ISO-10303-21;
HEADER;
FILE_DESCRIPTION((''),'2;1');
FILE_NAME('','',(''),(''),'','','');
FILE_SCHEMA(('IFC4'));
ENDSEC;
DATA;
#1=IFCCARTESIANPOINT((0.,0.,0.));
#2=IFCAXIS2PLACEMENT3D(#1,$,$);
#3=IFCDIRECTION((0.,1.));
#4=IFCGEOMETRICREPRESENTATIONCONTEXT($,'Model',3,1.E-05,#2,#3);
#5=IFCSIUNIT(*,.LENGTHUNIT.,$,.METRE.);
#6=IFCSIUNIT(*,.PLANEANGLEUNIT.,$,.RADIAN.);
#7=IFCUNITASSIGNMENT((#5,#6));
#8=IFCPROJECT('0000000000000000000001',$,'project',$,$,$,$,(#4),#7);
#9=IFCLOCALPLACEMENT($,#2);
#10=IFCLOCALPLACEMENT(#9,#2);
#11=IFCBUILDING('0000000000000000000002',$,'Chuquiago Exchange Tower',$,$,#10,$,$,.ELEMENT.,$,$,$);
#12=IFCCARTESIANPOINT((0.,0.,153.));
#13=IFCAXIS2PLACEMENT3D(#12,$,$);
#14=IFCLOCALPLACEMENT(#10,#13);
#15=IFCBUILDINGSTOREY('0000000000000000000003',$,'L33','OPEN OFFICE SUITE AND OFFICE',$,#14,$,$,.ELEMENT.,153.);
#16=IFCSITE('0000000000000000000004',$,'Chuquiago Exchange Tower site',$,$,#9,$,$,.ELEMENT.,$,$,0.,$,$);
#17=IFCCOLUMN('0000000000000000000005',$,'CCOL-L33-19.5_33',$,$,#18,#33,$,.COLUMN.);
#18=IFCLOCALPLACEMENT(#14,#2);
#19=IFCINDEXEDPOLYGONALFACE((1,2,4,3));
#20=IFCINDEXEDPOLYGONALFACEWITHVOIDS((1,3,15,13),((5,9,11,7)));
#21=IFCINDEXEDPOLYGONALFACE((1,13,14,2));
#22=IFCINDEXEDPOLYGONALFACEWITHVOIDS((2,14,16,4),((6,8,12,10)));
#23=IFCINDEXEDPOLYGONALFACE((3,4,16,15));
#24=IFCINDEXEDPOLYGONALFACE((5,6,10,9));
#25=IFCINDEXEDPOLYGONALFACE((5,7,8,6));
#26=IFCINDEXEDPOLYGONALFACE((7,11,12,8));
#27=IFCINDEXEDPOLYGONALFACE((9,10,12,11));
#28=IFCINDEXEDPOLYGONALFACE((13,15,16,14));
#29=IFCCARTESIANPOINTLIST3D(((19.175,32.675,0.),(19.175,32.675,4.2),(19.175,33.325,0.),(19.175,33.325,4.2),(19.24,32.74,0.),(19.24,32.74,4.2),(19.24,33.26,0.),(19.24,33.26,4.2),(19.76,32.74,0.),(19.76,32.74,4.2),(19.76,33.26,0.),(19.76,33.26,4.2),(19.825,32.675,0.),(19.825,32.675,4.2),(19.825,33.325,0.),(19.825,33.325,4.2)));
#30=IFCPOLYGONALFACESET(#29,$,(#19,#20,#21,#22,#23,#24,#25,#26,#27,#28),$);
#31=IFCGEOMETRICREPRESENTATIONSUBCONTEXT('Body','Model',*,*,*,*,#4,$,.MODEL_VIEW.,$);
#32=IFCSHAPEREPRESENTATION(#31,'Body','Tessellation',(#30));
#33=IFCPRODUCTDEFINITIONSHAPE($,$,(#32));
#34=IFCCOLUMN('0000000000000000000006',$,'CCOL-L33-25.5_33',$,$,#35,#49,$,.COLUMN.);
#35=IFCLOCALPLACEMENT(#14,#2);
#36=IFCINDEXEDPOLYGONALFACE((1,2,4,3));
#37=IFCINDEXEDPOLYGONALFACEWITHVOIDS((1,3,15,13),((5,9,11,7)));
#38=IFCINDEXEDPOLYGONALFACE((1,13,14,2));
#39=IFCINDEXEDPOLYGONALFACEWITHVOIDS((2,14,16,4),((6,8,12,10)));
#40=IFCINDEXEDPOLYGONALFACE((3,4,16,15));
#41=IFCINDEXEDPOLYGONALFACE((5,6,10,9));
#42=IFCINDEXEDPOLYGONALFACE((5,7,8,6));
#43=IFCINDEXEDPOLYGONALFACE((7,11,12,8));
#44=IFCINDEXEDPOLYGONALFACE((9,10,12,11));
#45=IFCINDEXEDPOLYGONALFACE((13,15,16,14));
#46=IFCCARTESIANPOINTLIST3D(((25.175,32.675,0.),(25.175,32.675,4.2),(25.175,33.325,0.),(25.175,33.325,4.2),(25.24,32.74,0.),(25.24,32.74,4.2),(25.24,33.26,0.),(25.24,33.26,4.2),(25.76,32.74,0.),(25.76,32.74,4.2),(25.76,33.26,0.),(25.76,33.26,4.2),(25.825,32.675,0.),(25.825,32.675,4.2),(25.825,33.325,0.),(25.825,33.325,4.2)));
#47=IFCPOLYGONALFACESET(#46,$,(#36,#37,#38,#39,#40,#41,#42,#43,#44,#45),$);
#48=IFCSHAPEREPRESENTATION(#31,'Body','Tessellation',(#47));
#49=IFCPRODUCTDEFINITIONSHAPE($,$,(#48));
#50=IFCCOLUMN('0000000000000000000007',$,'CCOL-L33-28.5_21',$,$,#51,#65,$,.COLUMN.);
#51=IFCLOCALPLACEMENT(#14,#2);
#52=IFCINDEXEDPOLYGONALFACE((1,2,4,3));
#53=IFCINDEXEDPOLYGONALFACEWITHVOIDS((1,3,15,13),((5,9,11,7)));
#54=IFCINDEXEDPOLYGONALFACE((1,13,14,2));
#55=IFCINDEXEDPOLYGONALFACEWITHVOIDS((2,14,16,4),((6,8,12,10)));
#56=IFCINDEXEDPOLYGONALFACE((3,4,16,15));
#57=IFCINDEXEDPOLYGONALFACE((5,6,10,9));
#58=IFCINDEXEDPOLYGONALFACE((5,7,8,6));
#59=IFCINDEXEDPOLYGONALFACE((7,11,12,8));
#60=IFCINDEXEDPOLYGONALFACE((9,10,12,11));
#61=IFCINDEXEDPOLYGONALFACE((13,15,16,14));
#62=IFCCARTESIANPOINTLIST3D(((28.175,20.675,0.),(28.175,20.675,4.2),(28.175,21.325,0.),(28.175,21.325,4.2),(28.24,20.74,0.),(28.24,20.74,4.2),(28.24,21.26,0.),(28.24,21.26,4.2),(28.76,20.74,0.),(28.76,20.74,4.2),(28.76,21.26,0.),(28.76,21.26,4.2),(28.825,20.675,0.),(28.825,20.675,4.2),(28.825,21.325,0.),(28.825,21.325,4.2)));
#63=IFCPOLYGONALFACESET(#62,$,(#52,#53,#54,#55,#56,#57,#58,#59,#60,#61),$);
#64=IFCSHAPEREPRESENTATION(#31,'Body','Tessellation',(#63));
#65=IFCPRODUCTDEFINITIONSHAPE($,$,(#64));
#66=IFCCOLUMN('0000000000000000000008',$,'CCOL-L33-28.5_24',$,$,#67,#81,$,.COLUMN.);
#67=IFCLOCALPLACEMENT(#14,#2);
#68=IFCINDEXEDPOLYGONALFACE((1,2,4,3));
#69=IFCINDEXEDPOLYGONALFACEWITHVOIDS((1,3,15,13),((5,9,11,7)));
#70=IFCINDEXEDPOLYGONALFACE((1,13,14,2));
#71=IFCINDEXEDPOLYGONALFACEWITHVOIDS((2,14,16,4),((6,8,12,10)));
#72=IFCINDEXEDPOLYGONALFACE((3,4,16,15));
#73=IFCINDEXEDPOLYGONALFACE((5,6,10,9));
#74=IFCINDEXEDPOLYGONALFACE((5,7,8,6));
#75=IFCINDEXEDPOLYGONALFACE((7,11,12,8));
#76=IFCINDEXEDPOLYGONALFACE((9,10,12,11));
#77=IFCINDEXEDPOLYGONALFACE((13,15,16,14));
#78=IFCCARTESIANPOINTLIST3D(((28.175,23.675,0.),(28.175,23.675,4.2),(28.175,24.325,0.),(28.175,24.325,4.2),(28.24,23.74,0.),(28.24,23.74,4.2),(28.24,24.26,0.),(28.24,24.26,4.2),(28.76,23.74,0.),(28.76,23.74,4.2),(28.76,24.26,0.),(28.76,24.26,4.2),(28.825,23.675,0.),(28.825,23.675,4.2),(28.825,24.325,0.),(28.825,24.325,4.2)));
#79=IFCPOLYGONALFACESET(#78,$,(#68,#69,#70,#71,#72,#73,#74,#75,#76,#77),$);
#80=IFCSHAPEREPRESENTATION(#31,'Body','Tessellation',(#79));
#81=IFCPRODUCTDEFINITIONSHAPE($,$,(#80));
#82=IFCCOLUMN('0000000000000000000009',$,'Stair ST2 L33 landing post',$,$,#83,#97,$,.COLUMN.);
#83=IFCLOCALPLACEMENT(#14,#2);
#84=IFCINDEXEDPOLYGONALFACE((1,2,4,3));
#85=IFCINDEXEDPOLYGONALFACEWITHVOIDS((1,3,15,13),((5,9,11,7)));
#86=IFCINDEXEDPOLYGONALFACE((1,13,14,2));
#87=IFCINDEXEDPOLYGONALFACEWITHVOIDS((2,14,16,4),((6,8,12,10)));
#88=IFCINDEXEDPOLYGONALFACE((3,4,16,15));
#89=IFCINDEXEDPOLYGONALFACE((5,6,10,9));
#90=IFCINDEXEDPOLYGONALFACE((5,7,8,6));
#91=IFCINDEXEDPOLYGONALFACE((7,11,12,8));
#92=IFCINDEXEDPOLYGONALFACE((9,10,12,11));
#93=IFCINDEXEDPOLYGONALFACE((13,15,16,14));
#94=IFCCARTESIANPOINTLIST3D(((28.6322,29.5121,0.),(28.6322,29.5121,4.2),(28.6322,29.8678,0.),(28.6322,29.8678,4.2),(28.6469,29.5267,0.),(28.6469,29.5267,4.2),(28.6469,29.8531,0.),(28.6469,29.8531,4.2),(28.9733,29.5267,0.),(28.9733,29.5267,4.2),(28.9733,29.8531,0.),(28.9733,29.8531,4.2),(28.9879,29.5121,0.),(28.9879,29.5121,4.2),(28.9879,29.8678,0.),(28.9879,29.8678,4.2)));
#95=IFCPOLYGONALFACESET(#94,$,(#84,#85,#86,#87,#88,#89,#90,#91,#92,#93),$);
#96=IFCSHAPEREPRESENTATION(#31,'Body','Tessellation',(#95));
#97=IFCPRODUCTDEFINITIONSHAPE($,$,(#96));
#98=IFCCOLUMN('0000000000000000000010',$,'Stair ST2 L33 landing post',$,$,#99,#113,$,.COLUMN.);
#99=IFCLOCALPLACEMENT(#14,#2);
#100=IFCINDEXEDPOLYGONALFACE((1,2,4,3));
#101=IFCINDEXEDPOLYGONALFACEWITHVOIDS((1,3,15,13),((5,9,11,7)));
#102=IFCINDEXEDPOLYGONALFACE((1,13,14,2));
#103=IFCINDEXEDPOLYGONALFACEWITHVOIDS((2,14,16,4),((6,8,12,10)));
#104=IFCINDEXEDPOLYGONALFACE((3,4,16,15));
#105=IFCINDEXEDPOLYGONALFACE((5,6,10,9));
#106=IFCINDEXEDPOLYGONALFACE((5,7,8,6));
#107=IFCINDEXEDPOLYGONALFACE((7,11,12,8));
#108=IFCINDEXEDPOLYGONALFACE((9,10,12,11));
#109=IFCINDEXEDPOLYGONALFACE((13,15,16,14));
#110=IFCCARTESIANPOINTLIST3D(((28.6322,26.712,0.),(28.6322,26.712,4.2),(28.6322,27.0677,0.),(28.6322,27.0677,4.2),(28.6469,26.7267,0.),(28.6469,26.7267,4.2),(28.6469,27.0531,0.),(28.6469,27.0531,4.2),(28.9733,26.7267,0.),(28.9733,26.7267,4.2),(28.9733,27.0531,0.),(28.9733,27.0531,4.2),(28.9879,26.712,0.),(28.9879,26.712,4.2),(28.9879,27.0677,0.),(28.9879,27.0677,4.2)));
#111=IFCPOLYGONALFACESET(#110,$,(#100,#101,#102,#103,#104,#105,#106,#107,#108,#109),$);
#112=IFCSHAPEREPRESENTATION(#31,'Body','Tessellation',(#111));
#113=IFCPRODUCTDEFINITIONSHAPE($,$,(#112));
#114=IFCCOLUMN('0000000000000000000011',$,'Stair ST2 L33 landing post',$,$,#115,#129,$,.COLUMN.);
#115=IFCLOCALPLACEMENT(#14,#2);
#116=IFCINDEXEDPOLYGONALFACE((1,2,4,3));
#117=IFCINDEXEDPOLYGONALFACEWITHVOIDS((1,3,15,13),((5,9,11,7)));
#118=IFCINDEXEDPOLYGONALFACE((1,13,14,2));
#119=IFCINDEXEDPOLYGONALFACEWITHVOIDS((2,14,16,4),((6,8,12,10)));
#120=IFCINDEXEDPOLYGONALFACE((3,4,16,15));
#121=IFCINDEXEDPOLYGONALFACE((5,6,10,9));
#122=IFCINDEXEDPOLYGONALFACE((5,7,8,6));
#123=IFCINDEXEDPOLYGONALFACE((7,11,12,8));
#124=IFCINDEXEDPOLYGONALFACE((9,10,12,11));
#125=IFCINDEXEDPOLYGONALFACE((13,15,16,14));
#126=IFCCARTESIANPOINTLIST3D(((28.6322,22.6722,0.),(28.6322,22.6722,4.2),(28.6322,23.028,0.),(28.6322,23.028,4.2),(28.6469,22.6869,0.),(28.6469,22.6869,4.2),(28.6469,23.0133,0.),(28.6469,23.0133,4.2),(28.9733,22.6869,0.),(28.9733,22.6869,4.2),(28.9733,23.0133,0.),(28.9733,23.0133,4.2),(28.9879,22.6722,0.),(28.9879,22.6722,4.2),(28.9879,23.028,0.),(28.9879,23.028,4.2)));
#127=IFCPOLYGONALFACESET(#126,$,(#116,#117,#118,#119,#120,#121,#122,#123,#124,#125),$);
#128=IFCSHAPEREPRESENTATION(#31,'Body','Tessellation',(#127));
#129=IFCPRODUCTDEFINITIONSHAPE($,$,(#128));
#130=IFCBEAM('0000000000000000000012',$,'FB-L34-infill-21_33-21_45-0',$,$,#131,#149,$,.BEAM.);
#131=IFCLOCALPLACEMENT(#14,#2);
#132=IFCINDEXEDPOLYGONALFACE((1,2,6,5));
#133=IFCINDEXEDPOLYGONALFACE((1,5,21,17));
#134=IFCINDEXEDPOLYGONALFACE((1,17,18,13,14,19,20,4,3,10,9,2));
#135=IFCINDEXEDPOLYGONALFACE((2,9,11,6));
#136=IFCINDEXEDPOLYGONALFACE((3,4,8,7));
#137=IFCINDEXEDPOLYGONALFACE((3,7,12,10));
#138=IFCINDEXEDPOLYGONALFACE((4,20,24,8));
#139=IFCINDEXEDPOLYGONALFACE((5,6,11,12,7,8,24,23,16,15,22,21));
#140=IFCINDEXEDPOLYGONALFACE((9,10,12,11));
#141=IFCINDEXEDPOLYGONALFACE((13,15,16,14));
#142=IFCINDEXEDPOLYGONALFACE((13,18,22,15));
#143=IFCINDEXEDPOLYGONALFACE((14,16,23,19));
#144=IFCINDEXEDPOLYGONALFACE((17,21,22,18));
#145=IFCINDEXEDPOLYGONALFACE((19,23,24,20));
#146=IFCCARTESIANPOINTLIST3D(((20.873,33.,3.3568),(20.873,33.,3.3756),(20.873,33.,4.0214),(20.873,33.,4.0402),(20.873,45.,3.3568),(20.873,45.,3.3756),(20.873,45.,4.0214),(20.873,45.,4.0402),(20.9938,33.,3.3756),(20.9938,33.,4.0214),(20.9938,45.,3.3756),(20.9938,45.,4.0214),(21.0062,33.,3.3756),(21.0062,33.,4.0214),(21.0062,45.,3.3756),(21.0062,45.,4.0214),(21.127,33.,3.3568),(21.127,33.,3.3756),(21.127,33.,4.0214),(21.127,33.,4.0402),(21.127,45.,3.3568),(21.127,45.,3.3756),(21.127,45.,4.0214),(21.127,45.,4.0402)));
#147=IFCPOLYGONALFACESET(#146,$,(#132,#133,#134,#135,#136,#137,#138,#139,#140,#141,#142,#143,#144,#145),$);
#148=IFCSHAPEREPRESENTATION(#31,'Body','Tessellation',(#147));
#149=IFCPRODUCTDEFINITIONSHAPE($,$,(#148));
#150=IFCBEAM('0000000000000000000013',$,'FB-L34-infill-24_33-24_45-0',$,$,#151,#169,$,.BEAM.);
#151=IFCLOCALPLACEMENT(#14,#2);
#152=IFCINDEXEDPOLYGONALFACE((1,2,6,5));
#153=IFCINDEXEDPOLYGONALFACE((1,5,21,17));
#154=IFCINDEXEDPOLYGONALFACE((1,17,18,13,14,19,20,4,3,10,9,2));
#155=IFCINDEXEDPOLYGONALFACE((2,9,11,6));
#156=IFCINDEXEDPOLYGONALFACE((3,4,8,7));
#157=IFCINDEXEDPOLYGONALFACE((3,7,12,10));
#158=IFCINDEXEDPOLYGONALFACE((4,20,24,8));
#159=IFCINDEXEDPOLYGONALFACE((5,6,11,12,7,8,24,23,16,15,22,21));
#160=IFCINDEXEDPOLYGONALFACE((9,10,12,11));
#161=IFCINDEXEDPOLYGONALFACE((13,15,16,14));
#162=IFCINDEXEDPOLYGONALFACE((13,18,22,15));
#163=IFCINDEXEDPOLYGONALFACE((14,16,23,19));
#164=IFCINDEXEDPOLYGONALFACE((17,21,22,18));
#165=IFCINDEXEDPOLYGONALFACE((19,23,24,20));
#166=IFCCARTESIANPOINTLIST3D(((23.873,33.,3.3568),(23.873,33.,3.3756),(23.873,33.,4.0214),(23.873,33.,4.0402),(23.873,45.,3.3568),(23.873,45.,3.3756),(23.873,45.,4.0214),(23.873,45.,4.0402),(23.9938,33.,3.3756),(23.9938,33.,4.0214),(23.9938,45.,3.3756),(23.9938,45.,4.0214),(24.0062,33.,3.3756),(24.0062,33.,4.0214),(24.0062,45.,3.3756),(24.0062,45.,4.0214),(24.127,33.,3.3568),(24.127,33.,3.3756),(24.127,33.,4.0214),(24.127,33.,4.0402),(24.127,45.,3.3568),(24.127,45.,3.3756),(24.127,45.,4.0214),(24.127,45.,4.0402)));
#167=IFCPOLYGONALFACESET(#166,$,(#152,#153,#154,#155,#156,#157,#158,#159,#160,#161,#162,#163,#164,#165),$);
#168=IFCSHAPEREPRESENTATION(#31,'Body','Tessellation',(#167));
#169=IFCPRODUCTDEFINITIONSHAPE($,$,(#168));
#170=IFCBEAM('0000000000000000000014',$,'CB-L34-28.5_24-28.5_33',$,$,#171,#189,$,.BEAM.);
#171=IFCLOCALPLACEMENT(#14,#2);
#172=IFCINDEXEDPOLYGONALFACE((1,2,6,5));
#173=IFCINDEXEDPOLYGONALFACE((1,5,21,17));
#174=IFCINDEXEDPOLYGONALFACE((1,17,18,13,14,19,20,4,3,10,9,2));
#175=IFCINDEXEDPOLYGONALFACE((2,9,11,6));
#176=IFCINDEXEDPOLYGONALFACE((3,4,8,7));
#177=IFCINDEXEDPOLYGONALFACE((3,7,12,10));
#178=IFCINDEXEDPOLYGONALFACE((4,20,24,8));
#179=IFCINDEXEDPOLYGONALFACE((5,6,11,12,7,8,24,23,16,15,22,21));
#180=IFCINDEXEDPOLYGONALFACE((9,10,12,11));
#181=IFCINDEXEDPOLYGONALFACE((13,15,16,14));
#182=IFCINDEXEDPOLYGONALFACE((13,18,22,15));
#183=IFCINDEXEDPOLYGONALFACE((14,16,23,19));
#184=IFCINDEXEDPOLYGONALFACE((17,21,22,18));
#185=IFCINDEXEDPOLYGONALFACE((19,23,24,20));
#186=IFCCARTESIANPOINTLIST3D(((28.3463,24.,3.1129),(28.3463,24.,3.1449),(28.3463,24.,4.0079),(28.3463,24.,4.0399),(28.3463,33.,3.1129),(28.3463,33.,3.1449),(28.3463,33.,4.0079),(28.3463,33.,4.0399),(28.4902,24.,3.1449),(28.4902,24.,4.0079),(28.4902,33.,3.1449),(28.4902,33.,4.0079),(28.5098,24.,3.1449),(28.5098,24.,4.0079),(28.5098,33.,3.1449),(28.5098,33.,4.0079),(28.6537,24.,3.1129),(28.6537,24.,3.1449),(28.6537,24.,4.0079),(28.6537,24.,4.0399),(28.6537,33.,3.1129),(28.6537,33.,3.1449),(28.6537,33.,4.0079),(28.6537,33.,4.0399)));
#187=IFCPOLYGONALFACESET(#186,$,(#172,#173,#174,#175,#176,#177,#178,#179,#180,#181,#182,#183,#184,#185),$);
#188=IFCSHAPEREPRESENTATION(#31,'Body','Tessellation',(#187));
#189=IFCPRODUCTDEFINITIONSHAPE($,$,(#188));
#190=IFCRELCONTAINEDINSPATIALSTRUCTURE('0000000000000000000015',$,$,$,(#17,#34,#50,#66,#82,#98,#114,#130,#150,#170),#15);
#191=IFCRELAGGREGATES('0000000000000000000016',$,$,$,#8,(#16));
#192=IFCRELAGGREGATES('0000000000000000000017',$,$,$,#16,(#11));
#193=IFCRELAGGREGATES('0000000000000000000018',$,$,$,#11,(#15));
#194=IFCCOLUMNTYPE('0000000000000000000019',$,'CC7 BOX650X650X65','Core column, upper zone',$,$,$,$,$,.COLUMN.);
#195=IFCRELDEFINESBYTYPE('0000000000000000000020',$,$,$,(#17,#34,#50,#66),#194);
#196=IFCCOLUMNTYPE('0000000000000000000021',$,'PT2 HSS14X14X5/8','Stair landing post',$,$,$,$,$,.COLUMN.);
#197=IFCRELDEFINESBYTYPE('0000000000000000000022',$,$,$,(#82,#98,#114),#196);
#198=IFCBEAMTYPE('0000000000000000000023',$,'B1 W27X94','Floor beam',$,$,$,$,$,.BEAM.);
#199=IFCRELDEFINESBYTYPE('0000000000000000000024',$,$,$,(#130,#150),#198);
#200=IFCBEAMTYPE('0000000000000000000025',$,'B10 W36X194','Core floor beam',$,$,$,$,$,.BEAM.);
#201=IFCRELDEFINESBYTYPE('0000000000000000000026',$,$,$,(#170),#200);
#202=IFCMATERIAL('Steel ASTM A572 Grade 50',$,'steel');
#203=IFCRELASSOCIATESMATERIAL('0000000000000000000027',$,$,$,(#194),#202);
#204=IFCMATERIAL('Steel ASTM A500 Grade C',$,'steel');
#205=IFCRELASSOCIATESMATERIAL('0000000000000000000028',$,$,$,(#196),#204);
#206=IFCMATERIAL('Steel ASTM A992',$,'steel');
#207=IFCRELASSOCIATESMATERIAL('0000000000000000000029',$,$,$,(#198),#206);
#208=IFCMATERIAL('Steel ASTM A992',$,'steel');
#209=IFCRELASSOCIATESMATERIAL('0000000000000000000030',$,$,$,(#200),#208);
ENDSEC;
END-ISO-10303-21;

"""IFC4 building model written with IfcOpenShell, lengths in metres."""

from ifc_helpers import new_model, si_unit, direction, frame, origin, origin_2d, place, context, subcontext, project, spatial, hollow_rectangle, i_section, extrude, material, material_profile, profile_set, type_object, element, save


model = new_model("IFC4")

# Units and contexts
model_context = context("Model", 3, precision=1e-05, world=origin(), true_north=direction((0.0, 1.0)))
body_context = subcontext(model_context, "Body", "Model", "MODEL_VIEW")
ifc_project = project(units=[si_unit("LENGTHUNIT", "METRE"), si_unit("PLANEANGLEUNIT", "RADIAN")], contexts=[model_context])

# Site, building, storey
site_placement = place(None, origin())
site = spatial("IfcSite", under=ifc_project, at=site_placement, Name="Chuquiago Exchange Tower site", CompositionType="ELEMENT", RefElevation=0.0)
building_placement = place(site_placement, origin())
building = spatial("IfcBuilding", under=site, at=building_placement, Name="Chuquiago Exchange Tower", CompositionType="ELEMENT")
storey_placement = place(building_placement, frame((0.0, 0.0, 153.0)))
storey = spatial("IfcBuildingStorey", under=building, at=storey_placement, Name="L33", Description="OPEN OFFICE SUITE AND OFFICE", CompositionType="ELEMENT", Elevation=153.0)

# Columns
ifc_material_1 = material(Name="Steel ASTM A572 Grade 50", Category="steel")
ifc_material_profile_1 = material_profile(ifc_material_1, hollow_rectangle(XDim=0.6499, YDim=0.6499, WallThickness=0.0649, at=origin_2d()), Name="BOX650X650X65")
ifc_profile_set_1 = profile_set([ifc_material_profile_1], Name="Steel ASTM A572 Grade 50")
column_type_1 = type_object("IfcColumnType", Name="CC7 BOX650X650X65", Description="Core column, upper zone", PredefinedType="COLUMN", material=ifc_profile_set_1)
for number, where, z_axis, x_axis, name in (
    (1, (19.5, 33.0, 0.0), (0.0, 0.0, 1.0), (1.0, 0.0, 0.0), "CCOL-L33-19.5_33"),
    (2, (25.5, 33.0, 0.0), (0.0, 0.0, 1.0), (1.0, 0.0, 0.0), "CCOL-L33-25.5_33"),
    (3, (28.5, 21.0, 0.0), (0.0, 0.0, 1.0), (1.0, 0.0, 0.0), "CCOL-L33-28.5_21"),
    (4, (28.5, 24.0, 0.0), (0.0, 0.0, 1.0), (1.0, 0.0, 0.0), "CCOL-L33-28.5_24"),
):
    element("IfcColumn", number, at=place(storey_placement, frame(where, z_axis=z_axis, x_axis=x_axis)), inside=storey, type_object=column_type_1, Name=name, PredefinedType="COLUMN", context=body_context, shape_type="SweptSolid", body=[
        extrude(hollow_rectangle(XDim=0.6499, YDim=0.6499, WallThickness=0.0649, at=origin_2d()), origin(), (0.0, 0.0, 1.0), 4.2),
    ])
ifc_material_2 = material(Name="Steel ASTM A500 Grade C", Category="steel")
ifc_material_profile_2 = material_profile(ifc_material_2, hollow_rectangle(XDim=0.3557, YDim=0.3557, WallThickness=0.0146, at=origin_2d()), Name="HSS14X14X5/8")
ifc_profile_set_2 = profile_set([ifc_material_profile_2], Name="Steel ASTM A500 Grade C")
column_type_2 = type_object("IfcColumnType", Name="PT2 HSS14X14X5/8", Description="Stair landing post", PredefinedType="COLUMN", material=ifc_profile_set_2)
for number, where, z_axis, x_axis, name in (
    (5, (28.8101, 29.6899, 0.0), (0.0, 0.0, 1.0), (1.0, 0.0, 0.0), "Stair ST2 L33 landing post"),
    (6, (28.8101, 26.8899, 0.0), (0.0, 0.0, 1.0), (1.0, 0.0, 0.0), "Stair ST2 L33 landing post"),
    (7, (28.8101, 22.8501, 0.0), (0.0, 0.0, 1.0), (1.0, 0.0, 0.0), "Stair ST2 L33 landing post"),
):
    element("IfcColumn", number, at=place(storey_placement, frame(where, z_axis=z_axis, x_axis=x_axis)), inside=storey, type_object=column_type_2, Name=name, PredefinedType="COLUMN", context=body_context, shape_type="SweptSolid", body=[
        extrude(hollow_rectangle(XDim=0.3557, YDim=0.3557, WallThickness=0.0146, at=origin_2d()), origin(), (0.0, 0.0, 1.0), 4.2),
    ])

# Beams
ifc_material_3 = material(Name="Steel ASTM A992", Category="steel")
ifc_material_profile_3 = material_profile(ifc_material_3, i_section(OverallWidth=0.2539, OverallDepth=0.6833, WebThickness=0.0125, FlangeThickness=0.0188, at=origin_2d()), Name="W27X94")
ifc_profile_set_3 = profile_set([ifc_material_profile_3], Name="Steel ASTM A992")
beam_type_1 = type_object("IfcBeamType", Name="B1 W27X94", Description="Floor beam", PredefinedType="BEAM", material=ifc_profile_set_3)
for number, where, z_axis, x_axis, name in (
    (8, (21.0, 33.0, 3.6985), (0.0, 1.0, 0.0), (-1.0, 0.0, 0.0), "FB-L34-infill-21_33-21_45-0"),
    (9, (24.0, 33.0, 3.6985), (0.0, 1.0, 0.0), (-1.0, 0.0, 0.0), "FB-L34-infill-24_33-24_45-0"),
):
    element("IfcBeam", number, at=place(storey_placement, frame(where, z_axis=z_axis, x_axis=x_axis)), inside=storey, type_object=beam_type_1, Name=name, PredefinedType="BEAM", context=body_context, shape_type="SweptSolid", body=[
        extrude(i_section(OverallWidth=0.2539, OverallDepth=0.6833, WebThickness=0.0125, FlangeThickness=0.0188, at=origin_2d()), origin(), (0.0, 0.0, 1.0), 12.0),
    ])
ifc_material_4 = material(Name="Steel ASTM A992", Category="steel")
ifc_material_profile_4 = material_profile(ifc_material_4, i_section(OverallWidth=0.3074, OverallDepth=0.927, WebThickness=0.0195, FlangeThickness=0.032, at=origin_2d()), Name="W36X194")
ifc_profile_set_4 = profile_set([ifc_material_profile_4], Name="Steel ASTM A992")
beam_type_2 = type_object("IfcBeamType", Name="B10 W36X194", Description="Core floor beam", PredefinedType="BEAM", material=ifc_profile_set_4)
beam_1_placement = place(storey_placement, frame((28.5, 24.0, 3.5764), z_axis=(0.0, 1.0, 0.0), x_axis=(-1.0, 0.0, 0.0)))
element("IfcBeam", 10, at=beam_1_placement, inside=storey, type_object=beam_type_2, Name="CB-L34-28.5_24-28.5_33", PredefinedType="BEAM", context=body_context, shape_type="SweptSolid", body=[
    extrude(i_section(OverallWidth=0.3074, OverallDepth=0.927, WebThickness=0.0195, FlangeThickness=0.032, at=origin_2d()), origin(), (0.0, 0.0, 1.0), 9.0),
])

save(model, "model.ifc")
